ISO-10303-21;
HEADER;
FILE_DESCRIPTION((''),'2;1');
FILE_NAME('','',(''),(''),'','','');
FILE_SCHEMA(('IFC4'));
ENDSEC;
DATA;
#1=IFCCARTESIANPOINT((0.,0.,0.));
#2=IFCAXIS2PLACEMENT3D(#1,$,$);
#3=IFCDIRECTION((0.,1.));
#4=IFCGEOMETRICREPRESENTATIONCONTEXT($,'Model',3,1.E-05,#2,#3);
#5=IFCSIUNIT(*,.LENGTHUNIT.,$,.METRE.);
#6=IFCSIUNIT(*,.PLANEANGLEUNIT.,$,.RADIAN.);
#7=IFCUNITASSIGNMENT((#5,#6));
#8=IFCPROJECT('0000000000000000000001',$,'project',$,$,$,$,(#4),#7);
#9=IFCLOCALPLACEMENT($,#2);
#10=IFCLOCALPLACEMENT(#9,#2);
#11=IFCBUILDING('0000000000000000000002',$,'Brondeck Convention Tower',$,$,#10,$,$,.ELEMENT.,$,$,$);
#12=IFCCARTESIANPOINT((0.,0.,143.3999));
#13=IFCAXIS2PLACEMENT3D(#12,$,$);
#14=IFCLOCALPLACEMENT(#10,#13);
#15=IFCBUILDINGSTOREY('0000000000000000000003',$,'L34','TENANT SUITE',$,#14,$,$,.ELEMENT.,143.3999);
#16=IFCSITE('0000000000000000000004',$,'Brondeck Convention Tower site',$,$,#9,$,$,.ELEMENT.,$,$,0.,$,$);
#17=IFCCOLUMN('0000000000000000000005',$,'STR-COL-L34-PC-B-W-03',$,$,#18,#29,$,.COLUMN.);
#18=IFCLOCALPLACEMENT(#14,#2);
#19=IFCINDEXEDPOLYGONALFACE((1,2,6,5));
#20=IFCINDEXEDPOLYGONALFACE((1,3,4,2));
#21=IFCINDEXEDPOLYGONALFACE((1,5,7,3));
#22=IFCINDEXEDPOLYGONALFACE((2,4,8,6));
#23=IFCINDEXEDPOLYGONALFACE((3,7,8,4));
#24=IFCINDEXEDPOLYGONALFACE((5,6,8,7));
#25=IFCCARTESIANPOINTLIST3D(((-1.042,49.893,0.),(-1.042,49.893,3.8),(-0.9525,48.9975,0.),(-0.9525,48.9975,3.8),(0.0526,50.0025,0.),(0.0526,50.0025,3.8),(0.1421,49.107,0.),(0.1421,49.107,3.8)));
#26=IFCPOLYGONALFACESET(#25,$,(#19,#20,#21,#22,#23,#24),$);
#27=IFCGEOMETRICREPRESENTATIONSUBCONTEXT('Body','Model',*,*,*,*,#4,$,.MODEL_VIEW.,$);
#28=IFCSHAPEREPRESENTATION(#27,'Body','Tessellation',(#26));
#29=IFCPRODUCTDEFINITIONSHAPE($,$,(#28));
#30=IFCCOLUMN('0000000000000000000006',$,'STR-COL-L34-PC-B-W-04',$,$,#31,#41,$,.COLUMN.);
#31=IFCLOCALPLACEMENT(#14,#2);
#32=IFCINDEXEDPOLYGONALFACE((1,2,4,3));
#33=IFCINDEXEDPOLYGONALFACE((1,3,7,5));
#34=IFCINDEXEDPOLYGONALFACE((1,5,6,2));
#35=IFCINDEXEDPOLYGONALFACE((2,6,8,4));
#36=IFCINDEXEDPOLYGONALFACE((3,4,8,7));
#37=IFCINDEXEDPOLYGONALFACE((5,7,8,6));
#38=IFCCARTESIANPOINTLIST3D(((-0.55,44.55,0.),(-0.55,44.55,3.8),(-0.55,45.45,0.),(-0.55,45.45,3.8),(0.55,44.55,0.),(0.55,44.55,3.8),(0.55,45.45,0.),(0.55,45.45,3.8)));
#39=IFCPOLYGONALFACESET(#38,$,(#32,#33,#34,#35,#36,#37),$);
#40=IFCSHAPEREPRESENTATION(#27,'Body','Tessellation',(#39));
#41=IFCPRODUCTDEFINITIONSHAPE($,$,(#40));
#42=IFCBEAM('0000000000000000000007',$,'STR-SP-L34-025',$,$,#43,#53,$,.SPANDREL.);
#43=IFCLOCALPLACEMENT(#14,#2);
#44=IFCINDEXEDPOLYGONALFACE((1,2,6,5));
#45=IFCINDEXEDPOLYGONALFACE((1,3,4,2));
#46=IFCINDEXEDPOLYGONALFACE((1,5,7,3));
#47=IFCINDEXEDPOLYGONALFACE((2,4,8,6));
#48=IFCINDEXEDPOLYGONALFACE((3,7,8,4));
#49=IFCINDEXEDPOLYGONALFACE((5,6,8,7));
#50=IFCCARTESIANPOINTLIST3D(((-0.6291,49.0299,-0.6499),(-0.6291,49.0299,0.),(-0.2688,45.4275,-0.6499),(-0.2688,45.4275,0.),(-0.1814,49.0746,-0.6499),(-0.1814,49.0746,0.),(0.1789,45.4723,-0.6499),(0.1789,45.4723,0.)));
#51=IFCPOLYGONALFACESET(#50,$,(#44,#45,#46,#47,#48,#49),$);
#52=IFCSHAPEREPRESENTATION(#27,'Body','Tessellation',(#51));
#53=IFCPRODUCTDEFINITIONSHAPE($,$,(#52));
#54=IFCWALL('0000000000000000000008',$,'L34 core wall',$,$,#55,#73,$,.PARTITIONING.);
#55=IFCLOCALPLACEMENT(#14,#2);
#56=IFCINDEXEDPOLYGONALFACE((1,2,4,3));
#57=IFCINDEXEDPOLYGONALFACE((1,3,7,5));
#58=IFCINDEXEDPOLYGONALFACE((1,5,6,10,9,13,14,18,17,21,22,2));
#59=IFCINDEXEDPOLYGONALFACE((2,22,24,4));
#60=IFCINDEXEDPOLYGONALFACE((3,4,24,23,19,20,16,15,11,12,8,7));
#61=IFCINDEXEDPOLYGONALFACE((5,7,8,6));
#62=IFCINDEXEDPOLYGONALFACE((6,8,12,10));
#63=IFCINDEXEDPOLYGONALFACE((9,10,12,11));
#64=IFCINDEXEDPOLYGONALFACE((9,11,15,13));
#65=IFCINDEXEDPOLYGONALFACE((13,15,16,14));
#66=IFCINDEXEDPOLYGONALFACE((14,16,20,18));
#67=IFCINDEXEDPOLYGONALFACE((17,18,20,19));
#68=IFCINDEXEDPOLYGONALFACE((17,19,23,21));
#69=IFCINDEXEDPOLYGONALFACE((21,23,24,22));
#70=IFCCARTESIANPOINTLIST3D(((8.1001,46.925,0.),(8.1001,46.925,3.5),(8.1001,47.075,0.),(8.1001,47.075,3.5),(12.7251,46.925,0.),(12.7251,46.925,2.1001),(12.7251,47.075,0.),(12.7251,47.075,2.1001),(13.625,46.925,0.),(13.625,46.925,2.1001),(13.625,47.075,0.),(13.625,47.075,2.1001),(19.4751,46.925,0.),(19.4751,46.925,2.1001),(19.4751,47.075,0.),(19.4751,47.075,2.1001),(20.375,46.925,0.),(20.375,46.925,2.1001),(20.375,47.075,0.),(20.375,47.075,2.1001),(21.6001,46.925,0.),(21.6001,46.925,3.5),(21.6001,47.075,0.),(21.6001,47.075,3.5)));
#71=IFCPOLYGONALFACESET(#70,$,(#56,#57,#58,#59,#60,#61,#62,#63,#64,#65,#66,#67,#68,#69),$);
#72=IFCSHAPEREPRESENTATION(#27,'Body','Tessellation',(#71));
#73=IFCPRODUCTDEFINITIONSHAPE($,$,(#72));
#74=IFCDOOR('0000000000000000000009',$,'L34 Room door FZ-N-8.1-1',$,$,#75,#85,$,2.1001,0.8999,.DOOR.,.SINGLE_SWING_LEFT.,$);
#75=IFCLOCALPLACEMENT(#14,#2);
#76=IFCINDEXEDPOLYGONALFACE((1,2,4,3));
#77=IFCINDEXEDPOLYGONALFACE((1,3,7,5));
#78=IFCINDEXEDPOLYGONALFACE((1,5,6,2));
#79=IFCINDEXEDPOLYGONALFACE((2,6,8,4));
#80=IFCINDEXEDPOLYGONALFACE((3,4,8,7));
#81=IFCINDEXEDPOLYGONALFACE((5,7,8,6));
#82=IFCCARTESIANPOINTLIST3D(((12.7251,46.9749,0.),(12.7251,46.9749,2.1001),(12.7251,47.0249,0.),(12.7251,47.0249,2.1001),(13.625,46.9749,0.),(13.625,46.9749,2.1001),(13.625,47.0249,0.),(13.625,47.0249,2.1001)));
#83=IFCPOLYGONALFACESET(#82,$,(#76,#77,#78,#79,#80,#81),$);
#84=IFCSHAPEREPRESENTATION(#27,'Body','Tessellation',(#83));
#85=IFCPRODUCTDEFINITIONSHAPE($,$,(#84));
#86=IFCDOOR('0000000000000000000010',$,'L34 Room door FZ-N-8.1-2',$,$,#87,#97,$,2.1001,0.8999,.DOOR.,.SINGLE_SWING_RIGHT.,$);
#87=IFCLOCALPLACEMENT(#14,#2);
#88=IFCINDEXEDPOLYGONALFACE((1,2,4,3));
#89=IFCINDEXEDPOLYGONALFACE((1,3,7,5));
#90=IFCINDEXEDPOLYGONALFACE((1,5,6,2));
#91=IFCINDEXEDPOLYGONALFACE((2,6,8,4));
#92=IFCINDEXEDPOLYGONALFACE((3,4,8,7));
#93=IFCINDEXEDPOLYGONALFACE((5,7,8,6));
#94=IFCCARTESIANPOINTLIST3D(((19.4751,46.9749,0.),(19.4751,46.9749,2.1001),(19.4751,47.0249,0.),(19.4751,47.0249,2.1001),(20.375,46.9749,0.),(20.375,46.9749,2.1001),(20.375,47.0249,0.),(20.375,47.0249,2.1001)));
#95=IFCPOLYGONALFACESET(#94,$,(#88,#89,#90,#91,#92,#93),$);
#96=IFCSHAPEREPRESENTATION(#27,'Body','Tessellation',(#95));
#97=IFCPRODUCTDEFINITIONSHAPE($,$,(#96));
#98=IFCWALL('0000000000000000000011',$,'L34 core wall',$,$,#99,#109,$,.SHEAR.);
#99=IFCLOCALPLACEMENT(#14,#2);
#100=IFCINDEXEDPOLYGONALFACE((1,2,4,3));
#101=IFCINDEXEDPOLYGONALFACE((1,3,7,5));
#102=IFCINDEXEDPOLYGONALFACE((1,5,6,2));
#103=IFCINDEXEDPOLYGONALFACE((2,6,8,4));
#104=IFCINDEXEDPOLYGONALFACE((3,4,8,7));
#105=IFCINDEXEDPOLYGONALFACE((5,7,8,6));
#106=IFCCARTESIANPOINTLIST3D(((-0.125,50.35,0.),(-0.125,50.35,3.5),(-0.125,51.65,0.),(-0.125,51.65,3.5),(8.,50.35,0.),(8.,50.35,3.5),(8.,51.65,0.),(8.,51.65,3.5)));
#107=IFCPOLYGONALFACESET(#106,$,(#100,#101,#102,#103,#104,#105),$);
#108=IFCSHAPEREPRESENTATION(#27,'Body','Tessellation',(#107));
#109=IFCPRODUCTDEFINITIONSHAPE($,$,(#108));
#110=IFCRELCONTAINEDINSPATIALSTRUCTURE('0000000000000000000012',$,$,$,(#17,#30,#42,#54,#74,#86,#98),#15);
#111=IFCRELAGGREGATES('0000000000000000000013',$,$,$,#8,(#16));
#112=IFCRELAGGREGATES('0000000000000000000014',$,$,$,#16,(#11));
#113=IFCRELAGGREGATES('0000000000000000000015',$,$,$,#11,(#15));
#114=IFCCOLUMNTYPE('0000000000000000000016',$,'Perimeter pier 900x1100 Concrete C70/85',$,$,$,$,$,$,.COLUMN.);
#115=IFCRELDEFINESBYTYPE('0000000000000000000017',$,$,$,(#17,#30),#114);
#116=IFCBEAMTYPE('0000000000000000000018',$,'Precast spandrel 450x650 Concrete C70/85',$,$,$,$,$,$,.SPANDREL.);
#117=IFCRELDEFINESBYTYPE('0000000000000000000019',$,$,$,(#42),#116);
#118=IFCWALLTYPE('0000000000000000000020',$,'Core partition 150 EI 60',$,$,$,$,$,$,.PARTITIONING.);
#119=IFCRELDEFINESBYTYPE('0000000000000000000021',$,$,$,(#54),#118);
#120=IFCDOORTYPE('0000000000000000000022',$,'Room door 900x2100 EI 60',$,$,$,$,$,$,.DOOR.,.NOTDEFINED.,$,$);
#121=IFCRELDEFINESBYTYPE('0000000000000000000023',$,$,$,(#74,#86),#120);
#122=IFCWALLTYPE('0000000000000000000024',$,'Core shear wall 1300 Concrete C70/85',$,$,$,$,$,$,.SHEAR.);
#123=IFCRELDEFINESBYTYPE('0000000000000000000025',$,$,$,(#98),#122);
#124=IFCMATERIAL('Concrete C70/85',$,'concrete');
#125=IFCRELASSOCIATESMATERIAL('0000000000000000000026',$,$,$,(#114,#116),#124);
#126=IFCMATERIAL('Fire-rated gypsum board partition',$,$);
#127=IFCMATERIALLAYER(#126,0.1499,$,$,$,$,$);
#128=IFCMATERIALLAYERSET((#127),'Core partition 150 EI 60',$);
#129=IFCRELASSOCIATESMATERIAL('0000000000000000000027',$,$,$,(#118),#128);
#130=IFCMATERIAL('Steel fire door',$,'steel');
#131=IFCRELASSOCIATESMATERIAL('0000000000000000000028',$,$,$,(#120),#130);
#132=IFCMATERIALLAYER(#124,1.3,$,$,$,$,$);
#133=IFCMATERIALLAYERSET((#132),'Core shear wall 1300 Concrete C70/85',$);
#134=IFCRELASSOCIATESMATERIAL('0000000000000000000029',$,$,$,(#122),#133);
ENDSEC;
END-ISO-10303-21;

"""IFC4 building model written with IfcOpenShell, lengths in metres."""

from ifc_helpers import new_model, si_unit, direction, frame, frame_2d, origin, origin_2d, place, context, subcontext, project, spatial, rectangle, extrude, material, layer, layer_set, material_profile, profile_set, type_object, element, fill, save


model = new_model("IFC4")

# Units and contexts
model_context = context("Model", 3, precision=1e-05, world=origin(), true_north=direction((0.0, 1.0)))
body_context = subcontext(model_context, "Body", "Model", "MODEL_VIEW")
ifc_project = project(units=[si_unit("LENGTHUNIT", "METRE"), si_unit("PLANEANGLEUNIT", "RADIAN")], contexts=[model_context])

# Site, building, storey
site_placement = place(None, origin())
site = spatial("IfcSite", under=ifc_project, at=site_placement, Name="Brondeck Convention Tower site", CompositionType="ELEMENT", RefElevation=0.0)
building_placement = place(site_placement, origin())
building = spatial("IfcBuilding", under=site, at=building_placement, Name="Brondeck Convention Tower", CompositionType="ELEMENT")
storey_placement = place(building_placement, frame((0.0, 0.0, 143.3999)))
storey = spatial("IfcBuildingStorey", under=building, at=storey_placement, Name="L34", Description="TENANT SUITE", CompositionType="ELEMENT", Elevation=143.3999)

# Columns
ifc_material_1 = material(Name="Concrete C70/85", Category="concrete")
ifc_material_profile_1 = material_profile(ifc_material_1, rectangle(XDim=0.8999, YDim=1.1001, at=origin_2d()), Name="Perimeter pier 900x1100 Concrete C70/85")
ifc_profile_set_1 = profile_set([ifc_material_profile_1], Name="Concrete C70/85")
column_type = type_object("IfcColumnType", Name="Perimeter pier 900x1100 Concrete C70/85", PredefinedType="COLUMN", material=ifc_profile_set_1)
for number, where, z_axis, x_axis, name in (
    (1, (-0.45, 49.5, 0.0), (0.0, 0.0, 1.0), (0.099504, -0.995037, 0.0), "STR-COL-L34-PC-B-W-03"),
    (2, (0.0, 45.0, 0.0), (0.0, 0.0, 1.0), (0.0, -1.0, 0.0), "STR-COL-L34-PC-B-W-04"),
):
    element("IfcColumn", number, at=place(storey_placement, frame(where, z_axis=z_axis, x_axis=x_axis)), inside=storey, type_object=column_type, Name=name, PredefinedType="COLUMN", context=body_context, shape_type="SweptSolid", body=[
        extrude(rectangle(XDim=0.8999, YDim=1.1001, at=origin_2d()), origin(), (0.0, 0.0, 1.0), 3.8),
    ])

# Beam
ifc_material_profile_2 = material_profile(ifc_material_1, rectangle(XDim=0.45, YDim=0.6499, at=origin_2d()), Name="Precast spandrel 450x650 Concrete C70/85")
ifc_profile_set_2 = profile_set([ifc_material_profile_2], Name="Concrete C70/85")
beam_type = type_object("IfcBeamType", Name="Precast spandrel 450x650 Concrete C70/85", PredefinedType="SPANDREL", material=ifc_profile_set_2)
beam_placement = place(storey_placement, frame((-0.4053, 49.0522, -0.325), z_axis=(0.099537, -0.995034, 0.0), x_axis=(0.995034, 0.099537, 0.0)))
element("IfcBeam", 3, at=beam_placement, inside=storey, type_object=beam_type, Name="STR-SP-L34-025", PredefinedType="SPANDREL", context=body_context, shape_type="SweptSolid", body=[
    extrude(rectangle(XDim=0.45, YDim=0.6499, at=origin_2d()), origin(), (0.0, 0.0, 1.0), 3.6204),
])

# Wall, openings, doors
ifc_material_2 = material(Name="Fire-rated gypsum board partition")
ifc_layer_1 = layer(ifc_material_2, 0.1499)
ifc_layer_set_1 = layer_set([ifc_layer_1], Name="Core partition 150 EI 60")
wall_type_1 = type_object("IfcWallType", Name="Core partition 150 EI 60", PredefinedType="PARTITIONING", material=ifc_layer_set_1)
wall_1_placement = place(storey_placement, frame((8.1001, 47.0, 0.0), z_axis=(0.0, 0.0, 1.0), x_axis=(1.0, 0.0, 0.0)))
wall_1 = element("IfcWall", 4, at=wall_1_placement, inside=storey, type_object=wall_type_1, Name="L34 core wall", PredefinedType="PARTITIONING", context=body_context, shape_type="SweptSolid", body=[
    extrude(rectangle(XDim=13.5, YDim=0.1499, at=frame_2d((6.75, 0.0))), origin(), (0.0, 0.0, 1.0), 3.5),
])
opening_1_placement = place(wall_1_placement, frame((4.625, 0.0, 0.0)))
opening_1 = element("IfcOpeningElement", 5, at=opening_1_placement, cuts=wall_1, PredefinedType="OPENING", context=body_context, shape_type="SweptSolid", body=[
    extrude(rectangle(XDim=0.8999, YDim=2.1001, at=frame_2d((0.45, 1.05))), frame((0.0, 0.085, 0.0), z_axis=(0.0, -1.0, 0.0), x_axis=(1.0, 0.0, 0.0)), (0.0, 0.0, 1.0), 0.1699),
])
opening_2_placement = place(wall_1_placement, frame((11.375, 0.0, 0.0)))
opening_2 = element("IfcOpeningElement", 6, at=opening_2_placement, cuts=wall_1, PredefinedType="OPENING", context=body_context, shape_type="SweptSolid", body=[
    extrude(rectangle(XDim=0.8999, YDim=2.1001, at=frame_2d((0.45, 1.05))), frame((0.0, 0.085, 0.0), z_axis=(0.0, -1.0, 0.0), x_axis=(1.0, 0.0, 0.0)), (0.0, 0.0, 1.0), 0.1699),
])
ifc_material_3 = material(Name="Steel fire door", Category="steel")
door_type_1 = type_object("IfcDoorType", Name="Room door 900x2100 EI 60", OperationType="NOTDEFINED", PredefinedType="DOOR", material=ifc_material_3)
door_1_placement = place(opening_1_placement, origin())
door_1 = element("IfcDoor", 7, at=door_1_placement, inside=storey, type_object=door_type_1, Name="L34 Room door FZ-N-8.1-1", OperationType="SINGLE_SWING_LEFT", OverallHeight=2.1001, OverallWidth=0.8999, PredefinedType="DOOR", context=body_context, shape_type="SweptSolid", body=[
    extrude(rectangle(XDim=0.8999, YDim=2.1001, at=frame_2d((0.45, 1.05))), frame((0.0, 0.0249, 0.0), z_axis=(0.0, -1.0, 0.0), x_axis=(1.0, 0.0, 0.0)), (0.0, 0.0, 1.0), 0.05),
])
fill(opening_1, door_1)
door_2_placement = place(opening_2_placement, origin())
door_2 = element("IfcDoor", 8, at=door_2_placement, inside=storey, type_object=door_type_1, Name="L34 Room door FZ-N-8.1-2", OperationType="SINGLE_SWING_RIGHT", OverallHeight=2.1001, OverallWidth=0.8999, PredefinedType="DOOR", context=body_context, shape_type="SweptSolid", body=[
    extrude(rectangle(XDim=0.8999, YDim=2.1001, at=frame_2d((0.45, 1.05))), frame((0.0, 0.0249, 0.0), z_axis=(0.0, -1.0, 0.0), x_axis=(1.0, 0.0, 0.0)), (0.0, 0.0, 1.0), 0.05),
])
fill(opening_2, door_2)

# Wall
ifc_layer_2 = layer(ifc_material_1, 1.3)
ifc_layer_set_2 = layer_set([ifc_layer_2], Name="Core shear wall 1300 Concrete C70/85")
wall_type_2 = type_object("IfcWallType", Name="Core shear wall 1300 Concrete C70/85", PredefinedType="SHEAR", material=ifc_layer_set_2)
wall_2_placement = place(storey_placement, frame((-0.125, 51.0, 0.0), z_axis=(0.0, 0.0, 1.0), x_axis=(1.0, 0.0, 0.0)))
element("IfcWall", 9, at=wall_2_placement, inside=storey, type_object=wall_type_2, Name="L34 core wall", PredefinedType="SHEAR", context=body_context, shape_type="SweptSolid", body=[
    extrude(rectangle(XDim=8.125, YDim=1.3, at=frame_2d((4.0625, 0.0))), origin(), (0.0, 0.0, 1.0), 3.5),
])

save(model, "model.ifc")
